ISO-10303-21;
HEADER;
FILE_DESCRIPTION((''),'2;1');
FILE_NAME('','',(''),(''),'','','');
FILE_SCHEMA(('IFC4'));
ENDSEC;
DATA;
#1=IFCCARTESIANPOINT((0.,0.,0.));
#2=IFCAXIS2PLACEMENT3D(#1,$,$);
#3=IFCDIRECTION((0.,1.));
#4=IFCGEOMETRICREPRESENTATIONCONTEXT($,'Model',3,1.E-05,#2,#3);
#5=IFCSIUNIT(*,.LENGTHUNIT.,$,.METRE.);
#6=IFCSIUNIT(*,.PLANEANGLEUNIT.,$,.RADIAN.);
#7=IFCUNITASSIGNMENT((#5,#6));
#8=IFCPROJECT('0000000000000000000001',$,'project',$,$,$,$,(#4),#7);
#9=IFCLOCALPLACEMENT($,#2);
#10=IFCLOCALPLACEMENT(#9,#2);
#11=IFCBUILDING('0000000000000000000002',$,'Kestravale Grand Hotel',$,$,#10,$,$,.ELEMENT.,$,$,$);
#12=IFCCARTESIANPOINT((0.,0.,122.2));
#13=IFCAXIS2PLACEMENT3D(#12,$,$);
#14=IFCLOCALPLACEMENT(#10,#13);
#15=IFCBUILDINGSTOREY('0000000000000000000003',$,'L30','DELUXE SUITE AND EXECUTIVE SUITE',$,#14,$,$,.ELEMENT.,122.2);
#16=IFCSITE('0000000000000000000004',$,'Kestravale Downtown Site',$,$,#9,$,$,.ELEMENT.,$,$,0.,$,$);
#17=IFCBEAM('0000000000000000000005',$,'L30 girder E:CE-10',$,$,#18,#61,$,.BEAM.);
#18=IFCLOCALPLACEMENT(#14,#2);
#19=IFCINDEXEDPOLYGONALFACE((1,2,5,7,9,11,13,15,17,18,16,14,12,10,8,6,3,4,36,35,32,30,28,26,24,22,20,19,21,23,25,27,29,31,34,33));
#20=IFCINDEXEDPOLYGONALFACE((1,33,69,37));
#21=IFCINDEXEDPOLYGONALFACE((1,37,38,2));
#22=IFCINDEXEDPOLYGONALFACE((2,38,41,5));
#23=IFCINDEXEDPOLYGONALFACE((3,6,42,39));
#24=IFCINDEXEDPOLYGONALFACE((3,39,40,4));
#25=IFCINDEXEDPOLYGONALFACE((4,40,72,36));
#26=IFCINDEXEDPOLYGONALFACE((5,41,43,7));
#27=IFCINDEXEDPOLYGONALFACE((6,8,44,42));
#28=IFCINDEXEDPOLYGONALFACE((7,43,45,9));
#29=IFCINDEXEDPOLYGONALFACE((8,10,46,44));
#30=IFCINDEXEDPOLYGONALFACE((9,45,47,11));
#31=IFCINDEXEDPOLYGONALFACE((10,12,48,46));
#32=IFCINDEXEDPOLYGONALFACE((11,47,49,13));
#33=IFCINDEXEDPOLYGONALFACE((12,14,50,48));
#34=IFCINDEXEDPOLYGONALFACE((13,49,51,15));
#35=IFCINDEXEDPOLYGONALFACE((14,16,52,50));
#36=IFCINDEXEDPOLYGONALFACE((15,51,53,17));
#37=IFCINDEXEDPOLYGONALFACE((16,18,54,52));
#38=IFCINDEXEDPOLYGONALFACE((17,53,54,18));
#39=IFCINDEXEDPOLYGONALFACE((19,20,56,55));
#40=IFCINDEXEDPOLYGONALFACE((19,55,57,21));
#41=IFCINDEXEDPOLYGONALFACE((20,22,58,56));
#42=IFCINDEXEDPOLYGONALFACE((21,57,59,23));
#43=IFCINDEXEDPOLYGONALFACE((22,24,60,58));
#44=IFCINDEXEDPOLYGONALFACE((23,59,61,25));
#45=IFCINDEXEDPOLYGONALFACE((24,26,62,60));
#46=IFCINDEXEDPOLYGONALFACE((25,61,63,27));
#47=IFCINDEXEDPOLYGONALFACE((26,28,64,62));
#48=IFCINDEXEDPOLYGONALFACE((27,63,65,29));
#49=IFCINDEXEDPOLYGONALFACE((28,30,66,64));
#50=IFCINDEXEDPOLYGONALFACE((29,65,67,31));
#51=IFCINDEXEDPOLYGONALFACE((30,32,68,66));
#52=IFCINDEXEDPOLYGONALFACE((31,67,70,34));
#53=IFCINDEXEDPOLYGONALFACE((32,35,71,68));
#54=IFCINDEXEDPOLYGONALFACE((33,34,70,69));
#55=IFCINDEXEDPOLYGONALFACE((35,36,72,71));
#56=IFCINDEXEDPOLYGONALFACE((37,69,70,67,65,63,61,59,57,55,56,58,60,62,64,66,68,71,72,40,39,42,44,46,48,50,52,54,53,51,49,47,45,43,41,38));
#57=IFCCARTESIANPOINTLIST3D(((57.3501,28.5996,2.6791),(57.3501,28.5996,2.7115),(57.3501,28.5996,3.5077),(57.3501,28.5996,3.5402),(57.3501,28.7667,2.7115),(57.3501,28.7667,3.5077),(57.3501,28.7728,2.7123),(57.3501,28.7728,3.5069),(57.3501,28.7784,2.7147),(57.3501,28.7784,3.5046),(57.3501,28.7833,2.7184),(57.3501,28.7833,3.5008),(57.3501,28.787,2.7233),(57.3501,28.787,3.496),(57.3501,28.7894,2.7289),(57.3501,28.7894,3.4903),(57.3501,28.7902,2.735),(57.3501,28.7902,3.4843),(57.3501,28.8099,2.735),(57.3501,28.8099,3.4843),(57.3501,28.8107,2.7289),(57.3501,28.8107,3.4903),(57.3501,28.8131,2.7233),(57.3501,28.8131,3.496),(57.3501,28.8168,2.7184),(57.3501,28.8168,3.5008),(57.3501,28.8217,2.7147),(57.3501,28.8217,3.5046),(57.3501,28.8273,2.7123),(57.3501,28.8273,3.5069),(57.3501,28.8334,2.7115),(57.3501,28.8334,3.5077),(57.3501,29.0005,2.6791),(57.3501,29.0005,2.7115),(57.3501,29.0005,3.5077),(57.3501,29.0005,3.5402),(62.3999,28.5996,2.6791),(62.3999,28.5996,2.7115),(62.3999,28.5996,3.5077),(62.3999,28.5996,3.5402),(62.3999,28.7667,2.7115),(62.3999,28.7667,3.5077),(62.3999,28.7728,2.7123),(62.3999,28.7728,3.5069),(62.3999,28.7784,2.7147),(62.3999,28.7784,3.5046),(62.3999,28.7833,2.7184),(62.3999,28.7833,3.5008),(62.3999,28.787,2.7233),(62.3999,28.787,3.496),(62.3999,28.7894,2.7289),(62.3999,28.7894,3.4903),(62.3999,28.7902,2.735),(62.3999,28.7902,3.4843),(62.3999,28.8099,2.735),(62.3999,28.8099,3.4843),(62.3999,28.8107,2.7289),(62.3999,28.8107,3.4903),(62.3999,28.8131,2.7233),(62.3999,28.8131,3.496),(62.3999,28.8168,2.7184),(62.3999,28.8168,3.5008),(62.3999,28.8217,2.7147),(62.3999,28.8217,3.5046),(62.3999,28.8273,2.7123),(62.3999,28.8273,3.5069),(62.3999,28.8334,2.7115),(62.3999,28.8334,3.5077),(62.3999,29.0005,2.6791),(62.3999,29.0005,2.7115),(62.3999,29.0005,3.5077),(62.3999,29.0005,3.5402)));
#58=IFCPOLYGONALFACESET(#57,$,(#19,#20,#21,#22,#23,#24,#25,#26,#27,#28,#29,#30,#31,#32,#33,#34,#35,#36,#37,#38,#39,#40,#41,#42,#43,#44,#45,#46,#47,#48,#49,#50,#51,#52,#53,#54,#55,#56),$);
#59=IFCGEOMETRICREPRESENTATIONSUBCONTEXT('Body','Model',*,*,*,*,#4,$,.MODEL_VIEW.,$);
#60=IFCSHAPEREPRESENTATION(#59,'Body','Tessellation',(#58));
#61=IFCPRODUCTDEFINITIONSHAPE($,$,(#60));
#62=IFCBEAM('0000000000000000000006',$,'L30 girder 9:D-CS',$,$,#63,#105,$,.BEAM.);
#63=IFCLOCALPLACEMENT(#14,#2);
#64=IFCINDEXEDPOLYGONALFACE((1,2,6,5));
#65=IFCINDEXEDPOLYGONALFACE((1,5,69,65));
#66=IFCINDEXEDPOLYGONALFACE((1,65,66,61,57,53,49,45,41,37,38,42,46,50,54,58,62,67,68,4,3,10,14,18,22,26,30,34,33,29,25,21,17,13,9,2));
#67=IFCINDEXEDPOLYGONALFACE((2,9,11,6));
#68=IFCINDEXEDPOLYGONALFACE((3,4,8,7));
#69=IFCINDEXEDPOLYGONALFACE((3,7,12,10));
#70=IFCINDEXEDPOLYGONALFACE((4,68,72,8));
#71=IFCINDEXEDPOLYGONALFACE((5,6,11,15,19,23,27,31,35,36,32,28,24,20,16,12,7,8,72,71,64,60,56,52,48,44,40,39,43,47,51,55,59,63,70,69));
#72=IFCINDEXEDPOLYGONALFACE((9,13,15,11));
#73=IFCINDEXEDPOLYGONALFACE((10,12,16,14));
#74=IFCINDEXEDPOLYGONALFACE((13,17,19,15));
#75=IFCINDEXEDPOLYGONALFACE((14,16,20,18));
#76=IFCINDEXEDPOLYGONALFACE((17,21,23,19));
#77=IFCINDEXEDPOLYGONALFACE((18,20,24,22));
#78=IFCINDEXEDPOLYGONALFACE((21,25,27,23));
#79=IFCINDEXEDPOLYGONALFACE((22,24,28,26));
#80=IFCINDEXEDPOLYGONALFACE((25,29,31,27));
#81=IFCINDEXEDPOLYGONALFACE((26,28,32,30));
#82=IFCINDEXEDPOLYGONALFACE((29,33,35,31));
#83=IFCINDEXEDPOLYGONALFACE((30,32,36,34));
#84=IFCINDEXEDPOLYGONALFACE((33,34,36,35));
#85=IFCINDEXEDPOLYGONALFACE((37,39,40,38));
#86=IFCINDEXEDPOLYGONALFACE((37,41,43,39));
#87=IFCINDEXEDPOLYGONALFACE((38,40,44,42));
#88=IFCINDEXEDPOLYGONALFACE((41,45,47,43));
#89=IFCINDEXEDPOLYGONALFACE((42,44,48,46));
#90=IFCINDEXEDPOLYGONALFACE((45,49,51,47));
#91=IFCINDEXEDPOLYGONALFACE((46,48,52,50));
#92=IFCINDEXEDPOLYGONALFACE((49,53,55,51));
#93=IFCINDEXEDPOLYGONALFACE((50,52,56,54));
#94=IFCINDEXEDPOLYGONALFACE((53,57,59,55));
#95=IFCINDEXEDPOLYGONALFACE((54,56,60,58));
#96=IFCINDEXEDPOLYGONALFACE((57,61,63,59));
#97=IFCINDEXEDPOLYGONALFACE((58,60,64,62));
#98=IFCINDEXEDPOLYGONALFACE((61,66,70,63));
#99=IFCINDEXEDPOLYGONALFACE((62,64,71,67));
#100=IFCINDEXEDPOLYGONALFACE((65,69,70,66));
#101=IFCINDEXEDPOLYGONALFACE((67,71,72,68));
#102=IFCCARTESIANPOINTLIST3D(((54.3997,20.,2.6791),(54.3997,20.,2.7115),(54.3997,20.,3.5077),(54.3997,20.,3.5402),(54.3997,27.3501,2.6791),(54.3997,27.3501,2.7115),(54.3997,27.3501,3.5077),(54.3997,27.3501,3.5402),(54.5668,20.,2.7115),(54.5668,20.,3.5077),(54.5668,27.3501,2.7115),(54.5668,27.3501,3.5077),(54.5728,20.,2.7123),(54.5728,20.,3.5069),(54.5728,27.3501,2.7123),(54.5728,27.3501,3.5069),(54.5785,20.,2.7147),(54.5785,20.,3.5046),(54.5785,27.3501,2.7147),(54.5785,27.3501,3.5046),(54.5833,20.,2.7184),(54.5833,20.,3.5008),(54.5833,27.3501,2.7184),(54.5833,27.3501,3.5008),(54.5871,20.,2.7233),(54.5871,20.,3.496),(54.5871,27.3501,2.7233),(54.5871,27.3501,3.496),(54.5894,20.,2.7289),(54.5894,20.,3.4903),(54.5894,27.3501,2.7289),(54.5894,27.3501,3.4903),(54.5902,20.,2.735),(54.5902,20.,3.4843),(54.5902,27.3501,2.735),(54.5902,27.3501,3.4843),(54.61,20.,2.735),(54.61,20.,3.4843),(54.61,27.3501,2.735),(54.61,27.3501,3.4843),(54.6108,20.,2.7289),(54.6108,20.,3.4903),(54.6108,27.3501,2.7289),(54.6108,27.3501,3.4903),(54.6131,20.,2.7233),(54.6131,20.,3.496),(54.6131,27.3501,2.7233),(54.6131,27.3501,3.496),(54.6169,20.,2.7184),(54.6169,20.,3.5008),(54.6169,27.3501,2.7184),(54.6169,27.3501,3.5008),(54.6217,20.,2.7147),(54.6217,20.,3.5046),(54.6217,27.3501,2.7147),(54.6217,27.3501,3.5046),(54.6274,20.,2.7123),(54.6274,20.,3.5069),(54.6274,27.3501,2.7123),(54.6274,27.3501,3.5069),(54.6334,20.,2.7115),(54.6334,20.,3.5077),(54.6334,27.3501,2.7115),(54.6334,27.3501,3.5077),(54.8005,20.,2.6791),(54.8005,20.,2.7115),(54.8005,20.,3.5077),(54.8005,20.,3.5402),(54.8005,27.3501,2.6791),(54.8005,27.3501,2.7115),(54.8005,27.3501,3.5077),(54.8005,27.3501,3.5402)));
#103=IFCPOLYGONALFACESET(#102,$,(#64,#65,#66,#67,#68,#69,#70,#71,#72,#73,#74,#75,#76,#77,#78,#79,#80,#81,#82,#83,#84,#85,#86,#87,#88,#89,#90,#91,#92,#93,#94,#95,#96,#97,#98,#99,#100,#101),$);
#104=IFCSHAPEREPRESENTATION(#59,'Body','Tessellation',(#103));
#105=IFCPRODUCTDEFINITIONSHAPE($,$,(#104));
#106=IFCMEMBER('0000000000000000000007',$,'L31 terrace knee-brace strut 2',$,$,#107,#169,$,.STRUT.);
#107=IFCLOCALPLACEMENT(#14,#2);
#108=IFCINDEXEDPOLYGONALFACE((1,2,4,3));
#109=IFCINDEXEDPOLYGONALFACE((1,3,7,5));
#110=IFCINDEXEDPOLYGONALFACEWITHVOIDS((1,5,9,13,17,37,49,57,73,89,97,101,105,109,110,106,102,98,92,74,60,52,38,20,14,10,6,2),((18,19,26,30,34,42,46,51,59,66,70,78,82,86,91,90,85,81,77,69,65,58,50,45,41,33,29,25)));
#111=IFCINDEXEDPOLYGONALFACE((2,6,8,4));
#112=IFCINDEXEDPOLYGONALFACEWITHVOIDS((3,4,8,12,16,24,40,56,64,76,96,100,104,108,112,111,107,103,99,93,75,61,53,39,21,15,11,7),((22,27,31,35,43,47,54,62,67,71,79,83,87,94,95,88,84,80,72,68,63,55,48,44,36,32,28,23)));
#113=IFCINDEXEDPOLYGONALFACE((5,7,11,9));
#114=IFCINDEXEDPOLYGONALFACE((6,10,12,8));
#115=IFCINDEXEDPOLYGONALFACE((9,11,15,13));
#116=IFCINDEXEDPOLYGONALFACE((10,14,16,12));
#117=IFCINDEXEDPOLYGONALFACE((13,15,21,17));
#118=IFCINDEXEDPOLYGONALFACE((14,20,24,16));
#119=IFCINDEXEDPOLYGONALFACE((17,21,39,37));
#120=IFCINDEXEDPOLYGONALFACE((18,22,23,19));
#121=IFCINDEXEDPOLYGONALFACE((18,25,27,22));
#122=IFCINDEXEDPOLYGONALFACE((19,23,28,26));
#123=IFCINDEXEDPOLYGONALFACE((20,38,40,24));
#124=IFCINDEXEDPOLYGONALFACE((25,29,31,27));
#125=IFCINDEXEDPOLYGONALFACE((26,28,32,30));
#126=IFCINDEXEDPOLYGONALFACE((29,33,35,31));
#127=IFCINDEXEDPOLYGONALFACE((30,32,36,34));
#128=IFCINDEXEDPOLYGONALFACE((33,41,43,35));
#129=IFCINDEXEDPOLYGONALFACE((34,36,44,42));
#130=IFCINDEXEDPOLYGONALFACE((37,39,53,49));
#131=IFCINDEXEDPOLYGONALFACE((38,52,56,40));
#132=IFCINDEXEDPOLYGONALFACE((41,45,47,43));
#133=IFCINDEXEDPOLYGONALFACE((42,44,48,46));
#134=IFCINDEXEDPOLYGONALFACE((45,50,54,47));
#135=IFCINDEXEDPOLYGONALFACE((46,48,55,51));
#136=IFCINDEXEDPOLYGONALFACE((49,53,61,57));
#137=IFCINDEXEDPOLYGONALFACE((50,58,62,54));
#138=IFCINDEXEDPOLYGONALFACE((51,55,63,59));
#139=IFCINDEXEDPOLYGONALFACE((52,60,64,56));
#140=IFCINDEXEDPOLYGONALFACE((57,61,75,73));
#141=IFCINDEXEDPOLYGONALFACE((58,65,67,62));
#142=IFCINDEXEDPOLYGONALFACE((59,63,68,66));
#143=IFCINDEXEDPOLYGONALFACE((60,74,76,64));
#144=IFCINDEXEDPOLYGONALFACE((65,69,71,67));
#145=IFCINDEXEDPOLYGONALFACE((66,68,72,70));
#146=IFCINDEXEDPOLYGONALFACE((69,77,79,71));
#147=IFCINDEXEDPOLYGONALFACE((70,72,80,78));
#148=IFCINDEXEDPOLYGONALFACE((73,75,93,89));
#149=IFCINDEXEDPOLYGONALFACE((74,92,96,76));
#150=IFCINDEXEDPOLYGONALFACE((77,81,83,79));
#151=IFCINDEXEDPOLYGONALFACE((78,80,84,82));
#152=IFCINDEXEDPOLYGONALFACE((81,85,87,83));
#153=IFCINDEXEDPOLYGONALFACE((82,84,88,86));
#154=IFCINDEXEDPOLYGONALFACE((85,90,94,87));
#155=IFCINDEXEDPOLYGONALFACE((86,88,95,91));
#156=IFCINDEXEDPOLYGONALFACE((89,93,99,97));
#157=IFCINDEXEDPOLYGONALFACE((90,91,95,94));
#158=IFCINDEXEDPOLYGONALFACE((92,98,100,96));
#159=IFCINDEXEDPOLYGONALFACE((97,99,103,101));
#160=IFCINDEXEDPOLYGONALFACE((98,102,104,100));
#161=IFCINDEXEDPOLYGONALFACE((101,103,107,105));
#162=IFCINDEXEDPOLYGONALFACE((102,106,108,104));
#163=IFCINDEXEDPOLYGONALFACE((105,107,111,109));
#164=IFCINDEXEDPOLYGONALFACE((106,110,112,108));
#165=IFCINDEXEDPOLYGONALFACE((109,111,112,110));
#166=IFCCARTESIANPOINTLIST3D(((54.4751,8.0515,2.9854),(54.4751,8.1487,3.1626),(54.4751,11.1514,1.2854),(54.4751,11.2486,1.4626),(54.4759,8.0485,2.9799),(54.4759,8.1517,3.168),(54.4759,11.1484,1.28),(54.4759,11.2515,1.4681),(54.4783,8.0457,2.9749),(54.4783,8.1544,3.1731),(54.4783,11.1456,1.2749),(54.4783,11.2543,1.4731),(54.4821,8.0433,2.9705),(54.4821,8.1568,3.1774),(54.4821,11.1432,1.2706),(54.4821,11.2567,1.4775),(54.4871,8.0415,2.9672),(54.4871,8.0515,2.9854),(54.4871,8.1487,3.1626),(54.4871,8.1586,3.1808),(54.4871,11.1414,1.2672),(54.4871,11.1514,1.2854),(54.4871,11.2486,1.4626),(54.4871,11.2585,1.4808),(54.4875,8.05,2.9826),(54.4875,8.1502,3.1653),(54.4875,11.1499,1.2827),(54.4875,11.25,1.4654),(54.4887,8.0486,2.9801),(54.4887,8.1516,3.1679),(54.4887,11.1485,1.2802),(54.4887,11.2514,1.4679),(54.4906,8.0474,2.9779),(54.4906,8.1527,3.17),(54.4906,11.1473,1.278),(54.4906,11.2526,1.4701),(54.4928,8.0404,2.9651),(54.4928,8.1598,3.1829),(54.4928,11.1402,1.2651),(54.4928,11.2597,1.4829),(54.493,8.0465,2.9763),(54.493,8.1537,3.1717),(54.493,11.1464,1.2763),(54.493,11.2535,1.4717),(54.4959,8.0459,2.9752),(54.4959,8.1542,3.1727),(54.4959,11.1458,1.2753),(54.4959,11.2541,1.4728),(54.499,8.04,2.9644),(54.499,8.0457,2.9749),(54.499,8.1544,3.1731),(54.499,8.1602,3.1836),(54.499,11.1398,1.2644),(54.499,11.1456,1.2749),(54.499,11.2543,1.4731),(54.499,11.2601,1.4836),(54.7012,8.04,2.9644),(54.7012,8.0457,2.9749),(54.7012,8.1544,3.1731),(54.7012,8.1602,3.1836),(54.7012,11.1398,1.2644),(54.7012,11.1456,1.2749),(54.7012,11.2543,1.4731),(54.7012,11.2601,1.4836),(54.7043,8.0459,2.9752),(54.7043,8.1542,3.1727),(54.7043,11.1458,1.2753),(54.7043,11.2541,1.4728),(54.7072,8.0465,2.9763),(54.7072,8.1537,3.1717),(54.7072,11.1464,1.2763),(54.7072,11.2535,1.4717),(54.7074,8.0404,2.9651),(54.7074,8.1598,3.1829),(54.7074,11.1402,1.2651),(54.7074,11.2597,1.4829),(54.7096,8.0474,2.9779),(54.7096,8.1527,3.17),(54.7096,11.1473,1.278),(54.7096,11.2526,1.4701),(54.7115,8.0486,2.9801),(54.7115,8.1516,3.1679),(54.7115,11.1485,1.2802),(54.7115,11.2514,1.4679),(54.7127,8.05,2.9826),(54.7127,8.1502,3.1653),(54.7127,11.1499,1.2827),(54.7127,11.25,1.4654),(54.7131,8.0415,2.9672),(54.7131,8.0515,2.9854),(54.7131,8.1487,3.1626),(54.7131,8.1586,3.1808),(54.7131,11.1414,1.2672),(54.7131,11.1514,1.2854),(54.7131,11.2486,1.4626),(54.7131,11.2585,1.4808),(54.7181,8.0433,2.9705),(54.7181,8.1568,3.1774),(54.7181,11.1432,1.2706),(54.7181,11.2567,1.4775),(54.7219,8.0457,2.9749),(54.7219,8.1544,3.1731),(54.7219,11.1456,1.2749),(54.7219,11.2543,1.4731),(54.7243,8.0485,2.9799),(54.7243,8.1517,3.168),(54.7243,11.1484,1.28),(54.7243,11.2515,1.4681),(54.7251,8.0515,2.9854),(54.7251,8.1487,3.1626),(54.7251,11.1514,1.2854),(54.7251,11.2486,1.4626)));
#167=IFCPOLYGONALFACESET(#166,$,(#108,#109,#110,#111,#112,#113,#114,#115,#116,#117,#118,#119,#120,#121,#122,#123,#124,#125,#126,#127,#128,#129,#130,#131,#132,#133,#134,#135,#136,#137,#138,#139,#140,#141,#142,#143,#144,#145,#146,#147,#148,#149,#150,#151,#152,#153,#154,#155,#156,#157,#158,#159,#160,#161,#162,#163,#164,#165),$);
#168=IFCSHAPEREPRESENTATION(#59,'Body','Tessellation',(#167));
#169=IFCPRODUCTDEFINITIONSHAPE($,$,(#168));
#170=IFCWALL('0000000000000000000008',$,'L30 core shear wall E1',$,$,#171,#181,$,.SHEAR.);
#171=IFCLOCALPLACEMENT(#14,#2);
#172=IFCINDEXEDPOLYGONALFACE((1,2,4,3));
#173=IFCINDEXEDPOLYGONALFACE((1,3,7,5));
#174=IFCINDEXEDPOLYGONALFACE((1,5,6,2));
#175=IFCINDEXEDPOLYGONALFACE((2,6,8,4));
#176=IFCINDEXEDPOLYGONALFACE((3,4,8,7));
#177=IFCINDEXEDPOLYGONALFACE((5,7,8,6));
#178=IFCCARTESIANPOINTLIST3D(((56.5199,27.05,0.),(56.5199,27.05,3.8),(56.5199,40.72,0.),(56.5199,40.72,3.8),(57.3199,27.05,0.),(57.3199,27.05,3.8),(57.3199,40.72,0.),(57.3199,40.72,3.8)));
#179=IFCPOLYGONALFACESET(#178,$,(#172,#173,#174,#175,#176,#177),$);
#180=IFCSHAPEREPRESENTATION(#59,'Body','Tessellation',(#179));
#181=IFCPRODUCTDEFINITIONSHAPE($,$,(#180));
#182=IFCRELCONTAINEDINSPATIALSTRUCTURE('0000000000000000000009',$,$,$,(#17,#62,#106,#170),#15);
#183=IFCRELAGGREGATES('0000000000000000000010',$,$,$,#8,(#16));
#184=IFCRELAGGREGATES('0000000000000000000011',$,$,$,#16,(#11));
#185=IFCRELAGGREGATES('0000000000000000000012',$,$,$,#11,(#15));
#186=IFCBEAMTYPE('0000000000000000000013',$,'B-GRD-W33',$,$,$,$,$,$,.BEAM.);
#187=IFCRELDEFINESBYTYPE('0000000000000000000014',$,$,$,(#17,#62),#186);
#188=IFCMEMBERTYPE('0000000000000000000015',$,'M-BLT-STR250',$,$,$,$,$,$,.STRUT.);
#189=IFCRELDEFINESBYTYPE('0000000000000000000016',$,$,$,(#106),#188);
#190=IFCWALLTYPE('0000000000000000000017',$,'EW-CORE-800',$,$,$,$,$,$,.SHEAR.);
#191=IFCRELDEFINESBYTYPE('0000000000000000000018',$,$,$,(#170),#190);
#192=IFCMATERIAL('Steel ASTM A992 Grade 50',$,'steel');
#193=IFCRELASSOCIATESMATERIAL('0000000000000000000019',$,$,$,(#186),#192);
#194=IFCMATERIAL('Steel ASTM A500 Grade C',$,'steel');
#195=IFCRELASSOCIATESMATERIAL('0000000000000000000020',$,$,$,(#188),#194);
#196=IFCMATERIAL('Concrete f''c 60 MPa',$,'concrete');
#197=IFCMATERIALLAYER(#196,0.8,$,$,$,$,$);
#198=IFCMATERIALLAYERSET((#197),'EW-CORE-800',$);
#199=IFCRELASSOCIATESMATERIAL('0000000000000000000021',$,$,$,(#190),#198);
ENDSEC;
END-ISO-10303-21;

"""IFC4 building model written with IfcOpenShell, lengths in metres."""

from ifc_helpers import new_model, si_unit, direction, frame, frame_2d, origin, origin_2d, place, context, subcontext, project, spatial, rectangle, hollow_rectangle, i_section, extrude, material, layer, layer_set, material_profile, profile_set, type_object, element, save


model = new_model("IFC4")

# Units and contexts
model_context = context("Model", 3, precision=1e-05, world=origin(), true_north=direction((0.0, 1.0)))
body_context = subcontext(model_context, "Body", "Model", "MODEL_VIEW")
ifc_project = project(units=[si_unit("LENGTHUNIT", "METRE"), si_unit("PLANEANGLEUNIT", "RADIAN")], contexts=[model_context])

# Site, building, storey
site_placement = place(None, origin())
site = spatial("IfcSite", under=ifc_project, at=site_placement, Name="Kestravale Downtown Site", CompositionType="ELEMENT", RefElevation=0.0)
building_placement = place(site_placement, origin())
building = spatial("IfcBuilding", under=site, at=building_placement, Name="Kestravale Grand Hotel", CompositionType="ELEMENT")
storey_placement = place(building_placement, frame((0.0, 0.0, 122.2)))
storey = spatial("IfcBuildingStorey", under=building, at=storey_placement, Name="L30", Description="DELUXE SUITE AND EXECUTIVE SUITE", CompositionType="ELEMENT", Elevation=122.2)

# Beams
ifc_material_1 = material(Name="Steel ASTM A992 Grade 50", Category="steel")
ifc_material_profile_1 = material_profile(ifc_material_1, i_section(OverallWidth=0.4009, OverallDepth=0.8611, WebThickness=0.0198, FlangeThickness=0.0325, FilletRadius=0.0234, at=origin_2d()))
ifc_profile_set_1 = profile_set([ifc_material_profile_1], Name="Steel ASTM A992 Grade 50")
beam_type_1 = type_object("IfcBeamType", Name="B-GRD-W33", PredefinedType="BEAM", material=ifc_profile_set_1)
beam_1_placement = place(storey_placement, frame((57.3501, 28.8, 3.1096), z_axis=(1.0, 0.0, 0.0), x_axis=(0.0, 1.0, 0.0)))
element("IfcBeam", 1, at=beam_1_placement, inside=storey, type_object=beam_type_1, Name="L30 girder E:CE-10", PredefinedType="BEAM", context=body_context, shape_type="SweptSolid", body=[
    extrude(i_section(OverallWidth=0.4009, OverallDepth=0.8611, WebThickness=0.0198, FlangeThickness=0.0325, FilletRadius=0.0234, at=origin_2d()), origin(), (0.0, 0.0, 1.0), 5.0498),
])
beam_2_placement = place(storey_placement, frame((54.6001, 20.0, 3.1096), z_axis=(0.0, 1.0, 0.0), x_axis=(-1.0, 0.0, 0.0)))
element("IfcBeam", 2, at=beam_2_placement, inside=storey, type_object=beam_type_1, Name="L30 girder 9:D-CS", PredefinedType="BEAM", context=body_context, shape_type="SweptSolid", body=[
    extrude(i_section(OverallWidth=0.4009, OverallDepth=0.8611, WebThickness=0.0198, FlangeThickness=0.0325, FilletRadius=0.0234, at=origin_2d()), origin(), (0.0, 0.0, 1.0), 7.3501),
])

# Member
ifc_material_2 = material(Name="Steel ASTM A500 Grade C", Category="steel")
ifc_material_profile_2 = material_profile(ifc_material_2, hollow_rectangle(XDim=0.25, YDim=0.25, WallThickness=0.012, InnerFilletRadius=0.012, OuterFilletRadius=0.0239, at=origin_2d()))
ifc_profile_set_2 = profile_set([ifc_material_profile_2], Name="Steel ASTM A500 Grade C")
member_type = type_object("IfcMemberType", Name="M-BLT-STR250", PredefinedType="STRUT", material=ifc_profile_set_2)
member_placement = place(storey_placement, frame((54.6001, 11.2, 1.374), z_axis=(0.0, -0.876809, 0.480839), x_axis=(1.0, 0.0, 0.0)))
element("IfcMember", 3, at=member_placement, inside=storey, type_object=member_type, Name="L31 terrace knee-brace strut 2", PredefinedType="STRUT", context=body_context, shape_type="SweptSolid", body=[
    extrude(hollow_rectangle(XDim=0.25, YDim=0.25, WallThickness=0.012, InnerFilletRadius=0.012, OuterFilletRadius=0.0239, at=origin_2d()), origin(), (0.0, 0.0, 1.0), 3.5354),
])

# Wall
ifc_material_3 = material(Name="Concrete f'c 60 MPa", Category="concrete")
ifc_layer_1 = layer(ifc_material_3, 0.8)
ifc_layer_set_1 = layer_set([ifc_layer_1], Name="EW-CORE-800")
wall_type_1 = type_object("IfcWallType", Name="EW-CORE-800", PredefinedType="SHEAR", material=ifc_layer_set_1)
wall_1_placement = place(storey_placement, frame((56.9199, 27.05, 0.0), z_axis=(0.0, 0.0, 1.0), x_axis=(0.0, 1.0, 0.0)))
element("IfcWall", 4, at=wall_1_placement, inside=storey, type_object=wall_type_1, Name="L30 core shear wall E1", PredefinedType="SHEAR", context=body_context, shape_type="SweptSolid", body=[
    extrude(rectangle(XDim=13.6699, YDim=0.8, at=frame_2d((6.835, 0.0))), origin(), (0.0, 0.0, 1.0), 3.8),
])

save(model, "model.ifc")
